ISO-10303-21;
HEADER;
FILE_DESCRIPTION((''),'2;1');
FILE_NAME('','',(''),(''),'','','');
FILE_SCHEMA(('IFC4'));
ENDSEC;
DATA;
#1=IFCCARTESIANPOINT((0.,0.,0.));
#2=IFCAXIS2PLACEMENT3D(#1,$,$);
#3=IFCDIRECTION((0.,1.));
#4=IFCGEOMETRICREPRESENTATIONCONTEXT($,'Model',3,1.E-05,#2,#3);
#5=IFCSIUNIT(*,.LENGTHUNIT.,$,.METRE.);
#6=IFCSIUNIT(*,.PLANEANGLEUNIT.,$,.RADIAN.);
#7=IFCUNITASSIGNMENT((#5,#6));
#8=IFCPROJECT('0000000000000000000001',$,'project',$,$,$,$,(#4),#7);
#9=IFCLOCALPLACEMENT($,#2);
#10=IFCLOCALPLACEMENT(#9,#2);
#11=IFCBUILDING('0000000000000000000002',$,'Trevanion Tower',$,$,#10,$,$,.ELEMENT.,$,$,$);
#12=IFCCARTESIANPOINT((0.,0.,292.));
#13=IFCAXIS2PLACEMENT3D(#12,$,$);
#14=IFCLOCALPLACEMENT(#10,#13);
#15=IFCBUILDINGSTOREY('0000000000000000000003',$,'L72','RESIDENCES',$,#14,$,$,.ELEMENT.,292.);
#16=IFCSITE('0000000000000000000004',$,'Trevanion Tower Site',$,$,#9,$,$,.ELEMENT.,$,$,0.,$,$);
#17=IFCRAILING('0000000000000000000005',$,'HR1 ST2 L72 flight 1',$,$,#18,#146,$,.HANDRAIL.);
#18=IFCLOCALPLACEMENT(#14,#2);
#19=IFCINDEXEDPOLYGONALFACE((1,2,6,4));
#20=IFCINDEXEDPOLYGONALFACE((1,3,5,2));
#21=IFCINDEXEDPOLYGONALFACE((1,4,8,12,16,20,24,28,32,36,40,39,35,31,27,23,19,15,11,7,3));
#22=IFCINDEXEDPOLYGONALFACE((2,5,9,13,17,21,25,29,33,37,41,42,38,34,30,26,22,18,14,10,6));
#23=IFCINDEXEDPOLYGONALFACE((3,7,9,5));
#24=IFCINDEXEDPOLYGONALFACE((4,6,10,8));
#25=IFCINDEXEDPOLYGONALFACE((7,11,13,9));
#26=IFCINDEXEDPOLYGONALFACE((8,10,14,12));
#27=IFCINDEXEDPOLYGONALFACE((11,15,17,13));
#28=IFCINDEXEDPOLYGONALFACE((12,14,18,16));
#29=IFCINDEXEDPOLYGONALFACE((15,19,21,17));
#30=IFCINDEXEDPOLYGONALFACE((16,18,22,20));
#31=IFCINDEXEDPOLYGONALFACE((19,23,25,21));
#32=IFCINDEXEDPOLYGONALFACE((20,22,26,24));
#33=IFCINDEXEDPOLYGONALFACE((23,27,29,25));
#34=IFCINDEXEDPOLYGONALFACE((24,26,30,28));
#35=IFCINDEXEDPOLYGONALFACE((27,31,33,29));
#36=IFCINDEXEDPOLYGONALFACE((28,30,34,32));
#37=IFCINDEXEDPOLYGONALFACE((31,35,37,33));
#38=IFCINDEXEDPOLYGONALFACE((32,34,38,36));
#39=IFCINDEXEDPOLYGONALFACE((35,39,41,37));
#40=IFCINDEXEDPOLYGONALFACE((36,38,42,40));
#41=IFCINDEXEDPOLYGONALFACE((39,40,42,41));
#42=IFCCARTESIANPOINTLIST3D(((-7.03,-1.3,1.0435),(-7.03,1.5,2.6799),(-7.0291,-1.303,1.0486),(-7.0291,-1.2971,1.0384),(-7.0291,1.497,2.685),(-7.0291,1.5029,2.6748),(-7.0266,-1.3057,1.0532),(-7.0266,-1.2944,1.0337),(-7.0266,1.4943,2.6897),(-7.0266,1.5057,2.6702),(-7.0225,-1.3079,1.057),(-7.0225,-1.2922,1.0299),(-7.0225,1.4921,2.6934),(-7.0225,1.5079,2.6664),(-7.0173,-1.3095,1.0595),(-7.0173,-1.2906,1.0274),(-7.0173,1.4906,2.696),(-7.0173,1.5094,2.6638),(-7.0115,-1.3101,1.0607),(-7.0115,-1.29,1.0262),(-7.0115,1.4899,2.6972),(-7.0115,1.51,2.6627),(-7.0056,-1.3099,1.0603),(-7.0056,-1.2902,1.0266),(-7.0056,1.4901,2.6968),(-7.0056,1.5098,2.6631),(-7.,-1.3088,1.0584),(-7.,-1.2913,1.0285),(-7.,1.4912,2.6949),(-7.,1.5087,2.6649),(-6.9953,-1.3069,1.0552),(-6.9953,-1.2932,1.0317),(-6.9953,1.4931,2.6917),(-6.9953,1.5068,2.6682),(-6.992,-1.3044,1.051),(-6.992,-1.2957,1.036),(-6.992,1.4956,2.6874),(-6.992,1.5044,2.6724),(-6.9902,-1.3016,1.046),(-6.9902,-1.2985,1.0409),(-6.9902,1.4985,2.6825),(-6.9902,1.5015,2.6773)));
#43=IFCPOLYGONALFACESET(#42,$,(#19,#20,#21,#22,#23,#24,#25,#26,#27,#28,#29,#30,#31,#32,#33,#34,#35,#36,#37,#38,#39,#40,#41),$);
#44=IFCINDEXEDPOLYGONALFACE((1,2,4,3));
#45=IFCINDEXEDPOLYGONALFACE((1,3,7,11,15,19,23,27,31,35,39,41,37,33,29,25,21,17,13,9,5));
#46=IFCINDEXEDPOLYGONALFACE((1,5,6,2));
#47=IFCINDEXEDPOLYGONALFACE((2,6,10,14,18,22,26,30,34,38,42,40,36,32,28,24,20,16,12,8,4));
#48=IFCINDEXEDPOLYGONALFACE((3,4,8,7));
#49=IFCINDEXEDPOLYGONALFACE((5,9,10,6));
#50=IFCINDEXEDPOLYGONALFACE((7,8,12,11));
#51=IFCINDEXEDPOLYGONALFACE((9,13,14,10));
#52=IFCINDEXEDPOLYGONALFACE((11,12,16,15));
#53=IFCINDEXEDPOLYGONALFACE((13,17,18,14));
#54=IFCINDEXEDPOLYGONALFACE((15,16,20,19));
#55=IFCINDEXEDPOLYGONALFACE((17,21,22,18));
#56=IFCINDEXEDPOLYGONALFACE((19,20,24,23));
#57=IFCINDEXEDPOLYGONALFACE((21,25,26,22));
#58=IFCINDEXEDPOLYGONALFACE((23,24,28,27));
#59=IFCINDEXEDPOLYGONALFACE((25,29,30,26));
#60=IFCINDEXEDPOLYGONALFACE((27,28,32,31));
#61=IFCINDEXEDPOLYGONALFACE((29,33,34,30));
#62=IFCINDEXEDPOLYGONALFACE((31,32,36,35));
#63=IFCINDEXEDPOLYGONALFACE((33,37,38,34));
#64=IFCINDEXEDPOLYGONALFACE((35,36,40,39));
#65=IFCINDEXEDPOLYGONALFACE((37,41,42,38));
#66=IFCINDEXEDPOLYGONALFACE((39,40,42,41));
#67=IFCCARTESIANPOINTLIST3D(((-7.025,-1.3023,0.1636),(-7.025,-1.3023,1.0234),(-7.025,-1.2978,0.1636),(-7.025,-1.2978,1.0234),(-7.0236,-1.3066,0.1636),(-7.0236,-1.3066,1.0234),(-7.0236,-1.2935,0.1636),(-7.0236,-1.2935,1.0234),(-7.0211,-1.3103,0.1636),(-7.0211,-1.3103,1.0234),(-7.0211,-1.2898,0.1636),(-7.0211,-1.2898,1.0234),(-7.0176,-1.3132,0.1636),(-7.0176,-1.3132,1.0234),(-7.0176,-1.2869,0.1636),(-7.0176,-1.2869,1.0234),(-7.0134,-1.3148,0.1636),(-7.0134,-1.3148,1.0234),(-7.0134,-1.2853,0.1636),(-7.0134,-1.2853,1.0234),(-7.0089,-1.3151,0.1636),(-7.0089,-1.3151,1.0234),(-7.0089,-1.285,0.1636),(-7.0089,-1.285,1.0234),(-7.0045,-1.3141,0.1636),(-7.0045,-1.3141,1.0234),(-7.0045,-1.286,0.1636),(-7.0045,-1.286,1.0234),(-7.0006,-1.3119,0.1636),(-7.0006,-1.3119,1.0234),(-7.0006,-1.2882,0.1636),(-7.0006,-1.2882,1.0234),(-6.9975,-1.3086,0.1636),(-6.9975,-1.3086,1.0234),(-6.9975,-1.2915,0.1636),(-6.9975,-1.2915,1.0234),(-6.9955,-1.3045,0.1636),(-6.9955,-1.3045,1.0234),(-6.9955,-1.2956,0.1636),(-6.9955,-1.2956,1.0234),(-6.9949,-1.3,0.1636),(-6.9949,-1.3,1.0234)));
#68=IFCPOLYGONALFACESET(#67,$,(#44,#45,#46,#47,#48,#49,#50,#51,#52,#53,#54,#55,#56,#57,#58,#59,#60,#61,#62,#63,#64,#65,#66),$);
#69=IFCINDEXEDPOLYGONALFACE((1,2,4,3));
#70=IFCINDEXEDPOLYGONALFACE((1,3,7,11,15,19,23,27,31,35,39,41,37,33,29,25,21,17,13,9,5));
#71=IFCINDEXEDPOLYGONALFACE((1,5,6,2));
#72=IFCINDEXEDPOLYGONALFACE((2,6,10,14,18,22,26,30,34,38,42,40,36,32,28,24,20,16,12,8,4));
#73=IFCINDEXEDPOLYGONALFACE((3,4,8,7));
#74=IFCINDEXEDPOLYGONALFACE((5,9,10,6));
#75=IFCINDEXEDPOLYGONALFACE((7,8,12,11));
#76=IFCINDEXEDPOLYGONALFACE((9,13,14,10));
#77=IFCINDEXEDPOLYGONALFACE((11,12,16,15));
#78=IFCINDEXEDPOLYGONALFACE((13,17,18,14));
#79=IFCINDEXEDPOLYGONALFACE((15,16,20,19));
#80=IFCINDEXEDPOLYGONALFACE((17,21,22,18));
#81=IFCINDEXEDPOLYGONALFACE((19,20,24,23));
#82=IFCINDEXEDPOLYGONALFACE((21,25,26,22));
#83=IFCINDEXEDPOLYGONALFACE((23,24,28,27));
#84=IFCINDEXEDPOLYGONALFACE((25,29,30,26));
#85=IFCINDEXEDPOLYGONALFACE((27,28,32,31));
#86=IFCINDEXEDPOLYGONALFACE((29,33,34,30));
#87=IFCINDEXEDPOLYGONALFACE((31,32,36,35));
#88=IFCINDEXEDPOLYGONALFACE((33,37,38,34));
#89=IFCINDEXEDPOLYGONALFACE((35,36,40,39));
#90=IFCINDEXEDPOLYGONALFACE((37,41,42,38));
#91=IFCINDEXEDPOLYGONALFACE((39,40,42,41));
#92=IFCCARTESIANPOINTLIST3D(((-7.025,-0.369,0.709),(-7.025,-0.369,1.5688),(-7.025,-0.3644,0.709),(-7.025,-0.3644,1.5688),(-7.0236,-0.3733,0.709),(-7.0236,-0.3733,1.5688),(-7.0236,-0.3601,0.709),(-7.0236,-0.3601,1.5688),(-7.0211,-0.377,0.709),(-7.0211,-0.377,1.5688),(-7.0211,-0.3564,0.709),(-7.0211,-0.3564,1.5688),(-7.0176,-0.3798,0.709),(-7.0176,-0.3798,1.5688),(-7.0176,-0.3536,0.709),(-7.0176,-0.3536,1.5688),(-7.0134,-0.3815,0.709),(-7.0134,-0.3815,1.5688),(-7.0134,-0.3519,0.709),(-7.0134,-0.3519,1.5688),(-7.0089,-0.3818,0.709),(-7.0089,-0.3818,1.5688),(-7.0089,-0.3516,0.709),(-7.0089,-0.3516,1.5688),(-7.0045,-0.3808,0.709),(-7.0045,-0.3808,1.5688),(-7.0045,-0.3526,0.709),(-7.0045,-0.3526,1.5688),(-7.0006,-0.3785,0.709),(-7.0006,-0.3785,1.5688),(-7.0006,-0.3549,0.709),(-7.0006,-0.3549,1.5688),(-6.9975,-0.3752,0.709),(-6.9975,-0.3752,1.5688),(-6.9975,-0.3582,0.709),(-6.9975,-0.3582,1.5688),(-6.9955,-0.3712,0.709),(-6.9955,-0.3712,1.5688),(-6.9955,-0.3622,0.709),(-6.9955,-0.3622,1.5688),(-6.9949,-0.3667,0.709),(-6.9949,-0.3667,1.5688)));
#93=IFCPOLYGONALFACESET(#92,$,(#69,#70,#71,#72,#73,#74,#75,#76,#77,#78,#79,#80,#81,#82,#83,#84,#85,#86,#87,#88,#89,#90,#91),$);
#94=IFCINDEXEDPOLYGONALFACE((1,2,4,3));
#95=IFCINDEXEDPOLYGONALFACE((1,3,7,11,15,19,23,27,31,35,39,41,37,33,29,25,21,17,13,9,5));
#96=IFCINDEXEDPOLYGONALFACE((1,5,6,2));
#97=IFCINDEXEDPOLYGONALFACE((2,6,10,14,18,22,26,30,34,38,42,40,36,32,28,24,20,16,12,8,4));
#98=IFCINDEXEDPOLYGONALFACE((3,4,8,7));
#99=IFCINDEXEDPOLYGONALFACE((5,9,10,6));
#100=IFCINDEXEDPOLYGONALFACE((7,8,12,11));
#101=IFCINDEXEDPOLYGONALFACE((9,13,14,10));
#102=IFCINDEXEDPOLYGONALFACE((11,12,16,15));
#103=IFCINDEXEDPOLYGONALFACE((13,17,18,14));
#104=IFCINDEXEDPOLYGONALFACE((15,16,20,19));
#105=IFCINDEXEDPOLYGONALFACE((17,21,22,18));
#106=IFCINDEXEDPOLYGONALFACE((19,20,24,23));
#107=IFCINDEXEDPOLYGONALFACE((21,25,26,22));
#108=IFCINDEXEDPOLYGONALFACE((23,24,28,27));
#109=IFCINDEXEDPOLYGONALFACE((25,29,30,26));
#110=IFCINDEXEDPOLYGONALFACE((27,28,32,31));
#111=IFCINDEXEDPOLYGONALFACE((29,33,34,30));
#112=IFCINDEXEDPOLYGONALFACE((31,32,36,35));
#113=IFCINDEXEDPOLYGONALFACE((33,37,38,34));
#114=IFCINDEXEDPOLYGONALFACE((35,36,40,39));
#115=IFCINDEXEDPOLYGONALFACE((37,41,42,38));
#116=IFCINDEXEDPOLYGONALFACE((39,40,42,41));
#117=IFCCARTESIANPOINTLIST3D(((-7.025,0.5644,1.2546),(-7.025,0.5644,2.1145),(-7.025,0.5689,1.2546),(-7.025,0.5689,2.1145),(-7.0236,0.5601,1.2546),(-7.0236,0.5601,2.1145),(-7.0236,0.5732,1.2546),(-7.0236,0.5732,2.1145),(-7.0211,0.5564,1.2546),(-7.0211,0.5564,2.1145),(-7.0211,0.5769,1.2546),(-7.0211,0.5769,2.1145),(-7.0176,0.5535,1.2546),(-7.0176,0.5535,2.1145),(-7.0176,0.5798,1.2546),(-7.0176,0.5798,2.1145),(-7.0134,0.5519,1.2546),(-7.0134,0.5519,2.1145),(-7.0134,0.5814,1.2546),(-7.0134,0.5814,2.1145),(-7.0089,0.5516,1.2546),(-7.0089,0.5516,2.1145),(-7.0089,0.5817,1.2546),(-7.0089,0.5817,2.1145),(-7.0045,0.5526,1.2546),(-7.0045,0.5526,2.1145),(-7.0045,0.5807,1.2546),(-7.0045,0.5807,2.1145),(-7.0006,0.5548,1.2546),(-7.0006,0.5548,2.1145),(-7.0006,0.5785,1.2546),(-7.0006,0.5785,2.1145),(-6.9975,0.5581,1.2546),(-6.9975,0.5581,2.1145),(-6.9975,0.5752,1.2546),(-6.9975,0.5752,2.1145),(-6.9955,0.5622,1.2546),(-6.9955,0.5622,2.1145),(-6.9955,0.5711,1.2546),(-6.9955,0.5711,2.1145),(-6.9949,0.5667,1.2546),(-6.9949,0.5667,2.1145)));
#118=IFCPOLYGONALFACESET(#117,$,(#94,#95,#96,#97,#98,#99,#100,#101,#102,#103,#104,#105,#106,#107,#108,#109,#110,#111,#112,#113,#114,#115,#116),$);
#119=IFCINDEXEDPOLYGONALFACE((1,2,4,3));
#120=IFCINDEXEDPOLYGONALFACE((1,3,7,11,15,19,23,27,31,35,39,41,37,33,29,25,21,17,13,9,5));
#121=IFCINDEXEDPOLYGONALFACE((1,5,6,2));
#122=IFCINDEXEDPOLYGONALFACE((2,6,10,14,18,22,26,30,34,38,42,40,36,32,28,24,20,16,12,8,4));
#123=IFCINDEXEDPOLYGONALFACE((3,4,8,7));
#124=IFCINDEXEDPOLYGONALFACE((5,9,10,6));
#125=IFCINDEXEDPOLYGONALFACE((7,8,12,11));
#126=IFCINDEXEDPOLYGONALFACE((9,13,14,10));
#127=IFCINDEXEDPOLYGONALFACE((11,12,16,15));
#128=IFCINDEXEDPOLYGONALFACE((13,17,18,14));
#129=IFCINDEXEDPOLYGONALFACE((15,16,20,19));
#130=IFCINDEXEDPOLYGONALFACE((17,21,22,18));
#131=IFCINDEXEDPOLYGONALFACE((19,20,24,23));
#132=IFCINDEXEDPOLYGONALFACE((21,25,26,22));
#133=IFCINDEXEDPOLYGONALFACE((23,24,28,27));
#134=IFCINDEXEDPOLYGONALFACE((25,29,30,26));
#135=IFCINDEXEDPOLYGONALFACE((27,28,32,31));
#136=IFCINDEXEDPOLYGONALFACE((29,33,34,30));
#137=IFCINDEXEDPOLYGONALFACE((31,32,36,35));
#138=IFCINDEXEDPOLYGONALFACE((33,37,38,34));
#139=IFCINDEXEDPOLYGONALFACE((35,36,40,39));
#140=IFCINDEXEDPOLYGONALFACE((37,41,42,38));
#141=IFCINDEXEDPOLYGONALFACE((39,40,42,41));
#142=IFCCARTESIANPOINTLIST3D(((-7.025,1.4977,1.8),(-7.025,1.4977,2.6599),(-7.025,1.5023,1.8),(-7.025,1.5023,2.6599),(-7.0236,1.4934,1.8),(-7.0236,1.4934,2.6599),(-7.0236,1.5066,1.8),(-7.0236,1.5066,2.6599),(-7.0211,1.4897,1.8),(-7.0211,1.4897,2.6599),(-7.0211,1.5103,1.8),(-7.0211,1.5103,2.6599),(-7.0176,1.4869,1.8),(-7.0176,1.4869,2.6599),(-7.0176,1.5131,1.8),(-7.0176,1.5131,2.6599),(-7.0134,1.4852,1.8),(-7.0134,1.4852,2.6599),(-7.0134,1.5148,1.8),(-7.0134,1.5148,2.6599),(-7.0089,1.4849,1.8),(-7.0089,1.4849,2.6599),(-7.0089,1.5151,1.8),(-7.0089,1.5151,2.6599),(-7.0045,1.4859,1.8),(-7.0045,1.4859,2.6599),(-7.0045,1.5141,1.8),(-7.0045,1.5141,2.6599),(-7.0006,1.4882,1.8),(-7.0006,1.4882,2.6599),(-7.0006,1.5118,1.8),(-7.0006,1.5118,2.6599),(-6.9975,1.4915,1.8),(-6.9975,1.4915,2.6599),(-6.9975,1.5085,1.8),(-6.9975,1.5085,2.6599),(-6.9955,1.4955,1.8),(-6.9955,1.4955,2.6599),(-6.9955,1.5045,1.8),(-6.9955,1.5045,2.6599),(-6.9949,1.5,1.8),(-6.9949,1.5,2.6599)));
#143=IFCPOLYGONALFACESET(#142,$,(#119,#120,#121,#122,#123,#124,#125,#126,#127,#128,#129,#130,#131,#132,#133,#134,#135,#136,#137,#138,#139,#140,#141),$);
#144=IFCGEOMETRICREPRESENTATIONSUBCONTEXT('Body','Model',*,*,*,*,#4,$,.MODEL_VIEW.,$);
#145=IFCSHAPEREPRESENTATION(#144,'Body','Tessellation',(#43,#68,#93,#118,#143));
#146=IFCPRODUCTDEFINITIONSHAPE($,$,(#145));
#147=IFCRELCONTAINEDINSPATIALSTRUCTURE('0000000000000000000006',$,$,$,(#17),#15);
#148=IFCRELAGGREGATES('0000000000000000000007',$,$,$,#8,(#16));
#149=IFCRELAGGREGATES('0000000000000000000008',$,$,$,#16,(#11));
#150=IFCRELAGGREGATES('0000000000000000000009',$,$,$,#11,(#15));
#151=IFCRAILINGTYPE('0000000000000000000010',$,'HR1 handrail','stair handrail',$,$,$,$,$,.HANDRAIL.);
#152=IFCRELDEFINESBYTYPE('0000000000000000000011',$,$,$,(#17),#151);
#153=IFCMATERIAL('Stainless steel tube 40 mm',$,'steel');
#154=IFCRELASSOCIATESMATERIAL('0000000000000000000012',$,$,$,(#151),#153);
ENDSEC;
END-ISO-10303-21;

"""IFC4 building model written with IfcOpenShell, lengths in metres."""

from ifc_helpers import new_model, si_unit, direction, frame, origin, origin_2d, place, context, subcontext, project, spatial, circle, extrude, material, type_object, element, save


model = new_model("IFC4")

# Units and contexts
model_context = context("Model", 3, precision=1e-05, world=origin(), true_north=direction((0.0, 1.0)))
body_context = subcontext(model_context, "Body", "Model", "MODEL_VIEW")
ifc_project = project(units=[si_unit("LENGTHUNIT", "METRE"), si_unit("PLANEANGLEUNIT", "RADIAN")], contexts=[model_context])

# Site, building, storey
site_placement = place(None, origin())
site = spatial("IfcSite", under=ifc_project, at=site_placement, Name="Trevanion Tower Site", CompositionType="ELEMENT", RefElevation=0.0)
building_placement = place(site_placement, origin())
building = spatial("IfcBuilding", under=site, at=building_placement, Name="Trevanion Tower", CompositionType="ELEMENT")
storey_placement = place(building_placement, frame((0.0, 0.0, 292.0)))
storey = spatial("IfcBuildingStorey", under=building, at=storey_placement, Name="L72", Description="RESIDENCES", CompositionType="ELEMENT", Elevation=292.0)

# Railing
ifc_material_1 = material(Name="Stainless steel tube 40 mm", Category="steel")
railing_type = type_object("IfcRailingType", Name="HR1 handrail", Description="stair handrail", PredefinedType="HANDRAIL", material=ifc_material_1)
for number, where, name in (
    (1, (-7.01, -1.3, 0.1636), "HR1 ST2 L72 flight 1"),
):
    element("IfcRailing", number, at=place(storey_placement, frame(where)), inside=storey, type_object=railing_type, Name=name, PredefinedType="HANDRAIL", context=body_context, shape_type="SweptSolid", body=[
        extrude(circle(Radius=0.02, at=origin_2d()), frame((0.0, 0.0, 0.8799), z_axis=(0.0, 0.863361, 0.504587), x_axis=(-1.0, 0.0, 0.0)), (0.0, 0.0, 1.0), 3.2432),
        extrude(circle(Radius=0.0151, at=origin_2d()), origin(), (0.0, 0.0, 1.0), 0.8599),
        extrude(circle(Radius=0.0151, at=origin_2d()), frame((0.0, 0.9333, 0.5454)), (0.0, 0.0, 1.0), 0.8599),
        extrude(circle(Radius=0.0151, at=origin_2d()), frame((0.0, 1.8667, 1.0911)), (0.0, 0.0, 1.0), 0.8599),
        extrude(circle(Radius=0.0151, at=origin_2d()), frame((0.0, 2.8, 1.6365)), (0.0, 0.0, 1.0), 0.8599),
    ])

save(model, "model.ifc")
